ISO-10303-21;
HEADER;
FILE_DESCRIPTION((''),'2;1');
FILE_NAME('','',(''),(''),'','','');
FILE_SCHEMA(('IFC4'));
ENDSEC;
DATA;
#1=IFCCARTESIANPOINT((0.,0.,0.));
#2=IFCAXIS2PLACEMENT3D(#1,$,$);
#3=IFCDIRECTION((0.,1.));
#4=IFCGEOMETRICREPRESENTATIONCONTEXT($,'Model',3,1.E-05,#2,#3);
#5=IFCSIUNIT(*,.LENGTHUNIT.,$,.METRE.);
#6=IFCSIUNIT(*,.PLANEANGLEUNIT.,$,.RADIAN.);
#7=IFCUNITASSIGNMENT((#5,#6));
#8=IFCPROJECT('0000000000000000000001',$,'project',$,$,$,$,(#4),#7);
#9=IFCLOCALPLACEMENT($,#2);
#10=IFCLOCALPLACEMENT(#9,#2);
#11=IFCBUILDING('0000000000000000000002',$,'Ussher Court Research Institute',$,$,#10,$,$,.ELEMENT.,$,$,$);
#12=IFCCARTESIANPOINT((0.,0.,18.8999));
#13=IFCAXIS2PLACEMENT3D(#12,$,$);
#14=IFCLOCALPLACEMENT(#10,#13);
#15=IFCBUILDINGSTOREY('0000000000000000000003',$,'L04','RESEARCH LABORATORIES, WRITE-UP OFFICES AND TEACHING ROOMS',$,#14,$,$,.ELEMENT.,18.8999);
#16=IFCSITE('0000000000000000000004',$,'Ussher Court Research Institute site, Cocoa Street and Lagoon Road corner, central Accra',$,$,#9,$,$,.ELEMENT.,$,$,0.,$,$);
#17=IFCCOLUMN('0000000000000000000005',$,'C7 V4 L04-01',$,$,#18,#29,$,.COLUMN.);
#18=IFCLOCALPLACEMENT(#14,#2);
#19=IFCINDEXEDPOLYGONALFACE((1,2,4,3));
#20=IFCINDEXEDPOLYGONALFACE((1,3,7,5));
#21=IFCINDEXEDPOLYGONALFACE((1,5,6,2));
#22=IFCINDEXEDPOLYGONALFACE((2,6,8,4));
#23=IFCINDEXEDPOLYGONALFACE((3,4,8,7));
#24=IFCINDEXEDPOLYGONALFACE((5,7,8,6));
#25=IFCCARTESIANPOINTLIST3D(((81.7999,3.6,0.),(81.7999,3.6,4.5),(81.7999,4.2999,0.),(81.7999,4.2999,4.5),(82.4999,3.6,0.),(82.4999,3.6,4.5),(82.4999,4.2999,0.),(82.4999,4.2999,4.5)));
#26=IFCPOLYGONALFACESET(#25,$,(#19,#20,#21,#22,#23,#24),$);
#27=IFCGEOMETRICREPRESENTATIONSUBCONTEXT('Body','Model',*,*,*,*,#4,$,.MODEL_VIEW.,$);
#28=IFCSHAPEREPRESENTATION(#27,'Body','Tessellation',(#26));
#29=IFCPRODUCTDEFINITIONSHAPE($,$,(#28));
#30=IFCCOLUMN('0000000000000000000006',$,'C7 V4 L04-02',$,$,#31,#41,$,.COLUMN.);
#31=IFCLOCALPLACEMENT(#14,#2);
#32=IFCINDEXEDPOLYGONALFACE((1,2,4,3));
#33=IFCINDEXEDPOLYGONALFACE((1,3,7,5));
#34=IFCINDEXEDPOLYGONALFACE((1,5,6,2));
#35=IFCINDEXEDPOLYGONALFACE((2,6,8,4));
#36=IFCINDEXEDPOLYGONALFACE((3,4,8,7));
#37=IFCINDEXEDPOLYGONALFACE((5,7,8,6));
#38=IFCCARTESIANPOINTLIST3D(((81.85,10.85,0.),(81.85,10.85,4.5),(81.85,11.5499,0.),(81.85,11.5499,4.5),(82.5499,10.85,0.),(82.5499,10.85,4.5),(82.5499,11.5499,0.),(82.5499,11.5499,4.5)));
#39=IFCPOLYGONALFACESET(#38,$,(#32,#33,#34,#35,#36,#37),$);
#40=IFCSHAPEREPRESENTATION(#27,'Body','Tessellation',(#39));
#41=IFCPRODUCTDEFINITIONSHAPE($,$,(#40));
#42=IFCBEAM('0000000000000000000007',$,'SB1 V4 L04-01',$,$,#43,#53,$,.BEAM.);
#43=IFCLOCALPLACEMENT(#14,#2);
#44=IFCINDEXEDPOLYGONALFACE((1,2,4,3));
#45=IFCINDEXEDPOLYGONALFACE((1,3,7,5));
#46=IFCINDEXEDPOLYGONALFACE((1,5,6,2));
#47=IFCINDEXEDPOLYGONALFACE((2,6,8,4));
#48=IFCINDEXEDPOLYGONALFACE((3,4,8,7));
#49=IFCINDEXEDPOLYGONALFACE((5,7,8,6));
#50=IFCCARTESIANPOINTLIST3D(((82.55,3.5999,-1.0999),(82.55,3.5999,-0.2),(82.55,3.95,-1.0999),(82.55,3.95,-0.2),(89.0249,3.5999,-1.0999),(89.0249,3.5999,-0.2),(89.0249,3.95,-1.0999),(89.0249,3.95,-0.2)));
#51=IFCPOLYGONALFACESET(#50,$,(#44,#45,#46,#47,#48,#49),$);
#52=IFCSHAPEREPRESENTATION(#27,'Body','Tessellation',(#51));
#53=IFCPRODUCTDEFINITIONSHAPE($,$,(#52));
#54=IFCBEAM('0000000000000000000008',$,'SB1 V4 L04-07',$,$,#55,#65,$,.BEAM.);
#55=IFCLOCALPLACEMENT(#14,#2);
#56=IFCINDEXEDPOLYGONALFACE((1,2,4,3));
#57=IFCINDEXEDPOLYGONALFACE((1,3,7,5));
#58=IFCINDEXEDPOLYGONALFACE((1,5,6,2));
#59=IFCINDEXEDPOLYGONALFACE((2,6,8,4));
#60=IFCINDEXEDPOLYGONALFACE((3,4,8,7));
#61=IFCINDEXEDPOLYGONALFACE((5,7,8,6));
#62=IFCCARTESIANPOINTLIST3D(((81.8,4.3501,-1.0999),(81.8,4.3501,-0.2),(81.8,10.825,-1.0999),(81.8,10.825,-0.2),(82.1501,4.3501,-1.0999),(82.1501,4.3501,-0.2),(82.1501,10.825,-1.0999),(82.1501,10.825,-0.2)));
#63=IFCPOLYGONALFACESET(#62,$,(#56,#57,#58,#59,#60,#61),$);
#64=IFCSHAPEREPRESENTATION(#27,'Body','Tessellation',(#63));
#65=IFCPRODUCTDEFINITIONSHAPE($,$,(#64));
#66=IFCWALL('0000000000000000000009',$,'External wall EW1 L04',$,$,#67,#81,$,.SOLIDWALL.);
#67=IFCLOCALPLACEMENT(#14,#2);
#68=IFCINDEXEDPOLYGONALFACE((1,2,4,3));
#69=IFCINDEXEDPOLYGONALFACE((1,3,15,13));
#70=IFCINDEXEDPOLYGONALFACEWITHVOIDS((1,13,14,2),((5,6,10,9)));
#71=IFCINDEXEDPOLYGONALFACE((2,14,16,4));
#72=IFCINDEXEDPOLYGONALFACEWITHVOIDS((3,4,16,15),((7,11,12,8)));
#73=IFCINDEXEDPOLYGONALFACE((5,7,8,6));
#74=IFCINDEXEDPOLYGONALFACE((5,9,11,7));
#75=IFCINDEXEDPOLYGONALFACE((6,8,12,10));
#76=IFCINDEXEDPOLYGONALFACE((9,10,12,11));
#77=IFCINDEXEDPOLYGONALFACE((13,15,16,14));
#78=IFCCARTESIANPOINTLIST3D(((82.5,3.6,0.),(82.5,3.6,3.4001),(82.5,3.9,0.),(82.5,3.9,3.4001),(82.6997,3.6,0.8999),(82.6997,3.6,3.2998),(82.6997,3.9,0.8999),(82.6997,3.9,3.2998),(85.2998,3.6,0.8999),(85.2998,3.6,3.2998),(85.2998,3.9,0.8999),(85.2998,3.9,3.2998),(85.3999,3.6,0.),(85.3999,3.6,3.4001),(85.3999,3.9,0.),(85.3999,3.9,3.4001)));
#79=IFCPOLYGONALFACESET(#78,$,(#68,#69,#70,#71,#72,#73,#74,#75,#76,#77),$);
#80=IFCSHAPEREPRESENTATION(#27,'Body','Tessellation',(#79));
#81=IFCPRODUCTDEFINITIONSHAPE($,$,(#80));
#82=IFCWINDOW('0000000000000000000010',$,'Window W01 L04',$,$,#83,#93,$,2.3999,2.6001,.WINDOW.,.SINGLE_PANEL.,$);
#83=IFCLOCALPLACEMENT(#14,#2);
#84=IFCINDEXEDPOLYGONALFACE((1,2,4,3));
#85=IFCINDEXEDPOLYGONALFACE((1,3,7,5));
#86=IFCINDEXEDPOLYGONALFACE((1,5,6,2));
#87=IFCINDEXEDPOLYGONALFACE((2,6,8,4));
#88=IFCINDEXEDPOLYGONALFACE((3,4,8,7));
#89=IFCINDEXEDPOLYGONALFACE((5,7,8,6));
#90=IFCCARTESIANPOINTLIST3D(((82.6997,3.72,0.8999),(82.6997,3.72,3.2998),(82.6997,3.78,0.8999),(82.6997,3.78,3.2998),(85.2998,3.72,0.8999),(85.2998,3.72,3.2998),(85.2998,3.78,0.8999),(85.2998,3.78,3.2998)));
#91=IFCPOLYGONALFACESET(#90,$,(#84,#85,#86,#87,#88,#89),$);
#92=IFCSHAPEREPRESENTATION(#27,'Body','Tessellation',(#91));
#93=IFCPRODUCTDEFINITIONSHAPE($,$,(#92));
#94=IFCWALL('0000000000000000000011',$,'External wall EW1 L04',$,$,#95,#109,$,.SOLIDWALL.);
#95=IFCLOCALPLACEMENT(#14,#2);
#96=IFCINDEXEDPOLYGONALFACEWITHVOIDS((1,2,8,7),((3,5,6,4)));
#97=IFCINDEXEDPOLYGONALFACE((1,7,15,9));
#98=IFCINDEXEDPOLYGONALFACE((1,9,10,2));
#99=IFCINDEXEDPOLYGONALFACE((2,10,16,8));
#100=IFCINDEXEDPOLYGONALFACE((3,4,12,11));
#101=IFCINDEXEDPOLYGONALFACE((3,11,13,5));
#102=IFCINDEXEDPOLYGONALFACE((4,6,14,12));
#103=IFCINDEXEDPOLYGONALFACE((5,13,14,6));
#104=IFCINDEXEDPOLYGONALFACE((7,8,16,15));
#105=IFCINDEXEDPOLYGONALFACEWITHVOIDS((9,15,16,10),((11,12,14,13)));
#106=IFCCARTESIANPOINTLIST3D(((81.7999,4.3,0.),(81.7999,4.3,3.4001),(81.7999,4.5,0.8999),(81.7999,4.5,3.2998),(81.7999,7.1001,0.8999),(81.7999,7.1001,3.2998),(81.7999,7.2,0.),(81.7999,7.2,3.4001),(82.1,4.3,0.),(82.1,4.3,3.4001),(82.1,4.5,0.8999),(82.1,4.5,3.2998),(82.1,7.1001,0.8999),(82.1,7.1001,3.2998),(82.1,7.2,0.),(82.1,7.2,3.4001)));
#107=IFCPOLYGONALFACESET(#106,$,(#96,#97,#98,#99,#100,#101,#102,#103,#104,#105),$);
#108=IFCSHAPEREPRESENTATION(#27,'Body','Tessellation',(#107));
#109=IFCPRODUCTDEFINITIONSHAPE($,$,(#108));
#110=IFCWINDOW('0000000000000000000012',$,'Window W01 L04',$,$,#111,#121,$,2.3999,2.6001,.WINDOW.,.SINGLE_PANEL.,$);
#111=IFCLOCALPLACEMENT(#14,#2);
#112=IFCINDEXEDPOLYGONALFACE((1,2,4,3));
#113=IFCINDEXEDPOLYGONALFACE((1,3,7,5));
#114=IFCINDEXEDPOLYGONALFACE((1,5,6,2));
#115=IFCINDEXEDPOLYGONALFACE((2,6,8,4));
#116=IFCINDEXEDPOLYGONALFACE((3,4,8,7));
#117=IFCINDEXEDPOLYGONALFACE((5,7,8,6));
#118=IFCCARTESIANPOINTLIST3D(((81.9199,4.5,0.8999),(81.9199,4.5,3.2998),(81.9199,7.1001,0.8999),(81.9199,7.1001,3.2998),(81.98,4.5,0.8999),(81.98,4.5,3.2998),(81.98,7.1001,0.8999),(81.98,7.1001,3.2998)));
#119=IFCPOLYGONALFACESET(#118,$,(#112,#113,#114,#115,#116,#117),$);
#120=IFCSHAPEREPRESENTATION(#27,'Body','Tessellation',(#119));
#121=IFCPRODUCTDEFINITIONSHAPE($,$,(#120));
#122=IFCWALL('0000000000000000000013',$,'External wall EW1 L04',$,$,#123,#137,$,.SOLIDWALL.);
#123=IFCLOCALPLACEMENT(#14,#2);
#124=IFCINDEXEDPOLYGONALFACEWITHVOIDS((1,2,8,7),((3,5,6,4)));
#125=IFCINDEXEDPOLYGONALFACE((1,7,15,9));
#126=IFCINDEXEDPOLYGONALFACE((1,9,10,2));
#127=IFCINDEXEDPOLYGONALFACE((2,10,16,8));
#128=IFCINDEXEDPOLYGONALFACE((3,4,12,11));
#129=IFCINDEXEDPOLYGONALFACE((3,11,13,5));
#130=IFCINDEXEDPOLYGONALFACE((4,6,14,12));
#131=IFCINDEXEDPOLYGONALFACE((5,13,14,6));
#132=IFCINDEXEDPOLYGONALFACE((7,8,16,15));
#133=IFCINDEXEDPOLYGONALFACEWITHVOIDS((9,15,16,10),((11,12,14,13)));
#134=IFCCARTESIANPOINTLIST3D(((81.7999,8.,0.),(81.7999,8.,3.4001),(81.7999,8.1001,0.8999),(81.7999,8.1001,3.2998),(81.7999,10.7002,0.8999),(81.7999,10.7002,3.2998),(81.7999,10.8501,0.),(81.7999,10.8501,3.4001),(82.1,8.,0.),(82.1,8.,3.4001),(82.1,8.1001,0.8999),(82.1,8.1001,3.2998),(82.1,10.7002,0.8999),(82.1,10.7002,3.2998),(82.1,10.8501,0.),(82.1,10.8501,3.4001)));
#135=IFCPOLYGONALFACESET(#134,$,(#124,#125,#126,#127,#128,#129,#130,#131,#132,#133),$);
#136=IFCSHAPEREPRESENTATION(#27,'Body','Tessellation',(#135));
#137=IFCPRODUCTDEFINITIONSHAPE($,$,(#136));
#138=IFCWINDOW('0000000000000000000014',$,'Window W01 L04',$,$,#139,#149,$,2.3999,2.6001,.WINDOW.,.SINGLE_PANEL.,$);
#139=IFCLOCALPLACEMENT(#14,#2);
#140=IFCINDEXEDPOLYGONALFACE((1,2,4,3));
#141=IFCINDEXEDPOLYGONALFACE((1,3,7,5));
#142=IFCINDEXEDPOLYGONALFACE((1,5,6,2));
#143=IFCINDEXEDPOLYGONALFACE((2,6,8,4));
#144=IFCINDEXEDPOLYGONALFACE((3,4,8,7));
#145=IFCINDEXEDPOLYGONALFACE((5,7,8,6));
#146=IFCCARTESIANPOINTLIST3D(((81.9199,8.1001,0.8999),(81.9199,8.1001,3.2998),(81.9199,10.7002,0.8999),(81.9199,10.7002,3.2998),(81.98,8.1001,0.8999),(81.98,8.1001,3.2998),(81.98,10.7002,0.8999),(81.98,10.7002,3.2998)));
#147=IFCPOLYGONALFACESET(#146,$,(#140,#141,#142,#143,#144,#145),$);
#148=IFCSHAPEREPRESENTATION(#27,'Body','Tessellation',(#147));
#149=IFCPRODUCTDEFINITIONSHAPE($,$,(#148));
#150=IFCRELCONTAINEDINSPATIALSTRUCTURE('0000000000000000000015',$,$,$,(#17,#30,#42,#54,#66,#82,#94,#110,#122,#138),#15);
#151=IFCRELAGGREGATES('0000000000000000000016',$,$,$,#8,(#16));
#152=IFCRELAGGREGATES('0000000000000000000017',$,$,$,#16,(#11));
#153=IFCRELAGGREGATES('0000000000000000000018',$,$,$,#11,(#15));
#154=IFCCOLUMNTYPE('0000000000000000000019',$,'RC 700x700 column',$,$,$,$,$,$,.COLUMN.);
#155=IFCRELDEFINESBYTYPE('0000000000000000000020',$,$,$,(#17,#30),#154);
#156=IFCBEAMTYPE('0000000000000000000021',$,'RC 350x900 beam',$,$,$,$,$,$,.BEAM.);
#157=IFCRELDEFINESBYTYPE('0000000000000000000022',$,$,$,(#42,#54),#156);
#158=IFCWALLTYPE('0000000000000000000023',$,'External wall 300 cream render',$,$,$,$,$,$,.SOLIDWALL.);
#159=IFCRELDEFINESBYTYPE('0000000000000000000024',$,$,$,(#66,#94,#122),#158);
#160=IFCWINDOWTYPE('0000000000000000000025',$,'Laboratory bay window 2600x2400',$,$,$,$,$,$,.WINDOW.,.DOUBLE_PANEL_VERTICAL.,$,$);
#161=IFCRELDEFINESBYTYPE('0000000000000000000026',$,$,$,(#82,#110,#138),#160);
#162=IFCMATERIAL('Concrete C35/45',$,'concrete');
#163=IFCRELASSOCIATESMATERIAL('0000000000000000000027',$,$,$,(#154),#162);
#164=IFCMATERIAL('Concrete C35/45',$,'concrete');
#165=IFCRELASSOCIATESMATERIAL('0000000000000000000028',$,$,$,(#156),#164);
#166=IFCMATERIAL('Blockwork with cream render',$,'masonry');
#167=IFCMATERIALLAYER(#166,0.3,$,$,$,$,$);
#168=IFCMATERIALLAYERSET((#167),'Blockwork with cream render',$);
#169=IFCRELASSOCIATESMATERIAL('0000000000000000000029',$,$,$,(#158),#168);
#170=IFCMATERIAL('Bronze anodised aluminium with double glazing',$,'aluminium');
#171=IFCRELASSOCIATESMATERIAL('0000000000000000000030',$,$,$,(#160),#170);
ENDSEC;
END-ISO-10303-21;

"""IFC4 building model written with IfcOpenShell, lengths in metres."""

from ifc_helpers import new_model, si_unit, direction, frame, frame_2d, origin, origin_2d, place, context, subcontext, project, spatial, rectangle, extrude, material, layer, layer_set, material_profile, profile_set, type_object, element, fill, save


model = new_model("IFC4")

# Units and contexts
model_context = context("Model", 3, precision=1e-05, world=origin(), true_north=direction((0.0, 1.0)))
body_context = subcontext(model_context, "Body", "Model", "MODEL_VIEW")
ifc_project = project(units=[si_unit("LENGTHUNIT", "METRE"), si_unit("PLANEANGLEUNIT", "RADIAN")], contexts=[model_context])

# Site, building, storey
site_placement = place(None, origin())
site = spatial("IfcSite", under=ifc_project, at=site_placement, Name="Ussher Court Research Institute site, Cocoa Street and Lagoon Road corner, central Accra", CompositionType="ELEMENT", RefElevation=0.0)
building_placement = place(site_placement, origin())
building = spatial("IfcBuilding", under=site, at=building_placement, Name="Ussher Court Research Institute", CompositionType="ELEMENT")
storey_placement = place(building_placement, frame((0.0, 0.0, 18.8999)))
storey = spatial("IfcBuildingStorey", under=building, at=storey_placement, Name="L04", Description="RESEARCH LABORATORIES, WRITE-UP OFFICES AND TEACHING ROOMS", CompositionType="ELEMENT", Elevation=18.8999)

# Columns
ifc_material_1 = material(Name="Concrete C35/45", Category="concrete")
ifc_material_profile_1 = material_profile(ifc_material_1, rectangle(XDim=0.7, YDim=0.7, at=origin_2d()), Name="RC 700x700")
ifc_profile_set_1 = profile_set([ifc_material_profile_1], Name="Concrete C35/45")
column_type = type_object("IfcColumnType", Name="RC 700x700 column", PredefinedType="COLUMN", material=ifc_profile_set_1)
for number, where, z_axis, x_axis, name in (
    (1, (82.1499, 3.95, 0.0), (0.0, 0.0, 1.0), (1.0, 0.0, 0.0), "C7 V4 L04-01"),
    (2, (82.2, 11.2, 0.0), (0.0, 0.0, 1.0), (1.0, 0.0, 0.0), "C7 V4 L04-02"),
):
    element("IfcColumn", number, at=place(storey_placement, frame(where, z_axis=z_axis, x_axis=x_axis)), inside=storey, type_object=column_type, Name=name, PredefinedType="COLUMN", context=body_context, shape_type="SweptSolid", body=[
        extrude(rectangle(XDim=0.7, YDim=0.7, at=origin_2d()), origin(), (0.0, 0.0, 1.0), 4.5),
    ])

# Beams
ifc_material_2 = material(Name="Concrete C35/45", Category="concrete")
ifc_material_profile_2 = material_profile(ifc_material_2, rectangle(XDim=0.3501, YDim=0.8999, at=origin_2d()), Name="RC 350x900")
ifc_profile_set_2 = profile_set([ifc_material_profile_2], Name="Concrete C35/45")
beam_type = type_object("IfcBeamType", Name="RC 350x900 beam", PredefinedType="BEAM", material=ifc_profile_set_2)
for number, where, z_axis, x_axis, name in (
    (3, (82.55, 3.7749, -0.6499), (1.0, 0.0, 0.0), (0.0, 1.0, 0.0), "SB1 V4 L04-01"),
    (4, (81.9751, 4.3501, -0.6499), (0.0, 1.0, 0.0), (-1.0, 0.0, 0.0), "SB1 V4 L04-07"),
):
    element("IfcBeam", number, at=place(storey_placement, frame(where, z_axis=z_axis, x_axis=x_axis)), inside=storey, type_object=beam_type, Name=name, PredefinedType="BEAM", context=body_context, shape_type="SweptSolid", body=[
        extrude(rectangle(XDim=0.3501, YDim=0.8999, at=origin_2d()), origin(), (0.0, 0.0, 1.0), 6.4749),
    ])

# Walls, openings, windows
ifc_material_3 = material(Name="Blockwork with cream render", Category="masonry")
ifc_layer_1 = layer(ifc_material_3, 0.3)
ifc_layer_set_1 = layer_set([ifc_layer_1], Name="Blockwork with cream render")
wall_type_1 = type_object("IfcWallType", Name="External wall 300 cream render", PredefinedType="SOLIDWALL", material=ifc_layer_set_1)
wall_1_placement = place(storey_placement, frame((85.3999, 3.75, 0.0), z_axis=(0.0, 0.0, 1.0), x_axis=(-1.0, 0.0, 0.0)))
wall_1 = element("IfcWall", 5, at=wall_1_placement, inside=storey, type_object=wall_type_1, Name="External wall EW1 L04", PredefinedType="SOLIDWALL", context=body_context, shape_type="SweptSolid", body=[
    extrude(rectangle(XDim=2.8999, YDim=0.3, at=frame_2d((1.45, 0.0))), origin(), (0.0, 0.0, 1.0), 3.4001),
])
opening_1_placement = place(wall_1_placement, frame((0.1001, 0.0, 0.8999)))
opening_1 = element("IfcOpeningElement", 6, at=opening_1_placement, cuts=wall_1, PredefinedType="OPENING", context=body_context, shape_type="SweptSolid", body=[
    extrude(rectangle(XDim=2.6001, YDim=2.3999, at=frame_2d((1.3, 1.2))), frame((0.0, 0.1602, 0.0), z_axis=(0.0, -1.0, 0.0), x_axis=(1.0, 0.0, 0.0)), (0.0, 0.0, 1.0), 0.3201),
])
ifc_material_4 = material(Name="Bronze anodised aluminium with double glazing", Category="aluminium")
window_type_1 = type_object("IfcWindowType", Name="Laboratory bay window 2600x2400", PartitioningType="DOUBLE_PANEL_VERTICAL", PredefinedType="WINDOW", material=ifc_material_4)
window_1_placement = place(opening_1_placement, origin())
window_1 = element("IfcWindow", 7, at=window_1_placement, inside=storey, type_object=window_type_1, Name="Window W01 L04", OverallHeight=2.3999, OverallWidth=2.6001, PartitioningType="SINGLE_PANEL", PredefinedType="WINDOW", context=body_context, shape_type="SweptSolid", body=[
    extrude(rectangle(XDim=2.6001, YDim=2.3999, at=frame_2d((1.3, 1.2))), frame((0.0, 0.03, 0.0), z_axis=(0.0, -1.0, 0.0), x_axis=(1.0, 0.0, 0.0)), (0.0, 0.0, 1.0), 0.0601),
])
fill(opening_1, window_1)
wall_2_placement = place(storey_placement, frame((81.95, 4.3, 0.0), z_axis=(0.0, 0.0, 1.0), x_axis=(0.0, 1.0, 0.0)))
wall_2 = element("IfcWall", 8, at=wall_2_placement, inside=storey, type_object=wall_type_1, Name="External wall EW1 L04", PredefinedType="SOLIDWALL", context=body_context, shape_type="SweptSolid", body=[
    extrude(rectangle(XDim=2.8999, YDim=0.3, at=frame_2d((1.45, 0.0))), origin(), (0.0, 0.0, 1.0), 3.4001),
])
opening_2_placement = place(wall_2_placement, frame((0.2, 0.0, 0.8999)))
opening_2 = element("IfcOpeningElement", 9, at=opening_2_placement, cuts=wall_2, PredefinedType="OPENING", context=body_context, shape_type="SweptSolid", body=[
    extrude(rectangle(XDim=2.6001, YDim=2.3999, at=frame_2d((1.3, 1.2))), frame((0.0, 0.1602, 0.0), z_axis=(0.0, -1.0, 0.0), x_axis=(1.0, 0.0, 0.0)), (0.0, 0.0, 1.0), 0.3201),
])
window_2_placement = place(opening_2_placement, origin())
window_2 = element("IfcWindow", 10, at=window_2_placement, inside=storey, type_object=window_type_1, Name="Window W01 L04", OverallHeight=2.3999, OverallWidth=2.6001, PartitioningType="SINGLE_PANEL", PredefinedType="WINDOW", context=body_context, shape_type="SweptSolid", body=[
    extrude(rectangle(XDim=2.6001, YDim=2.3999, at=frame_2d((1.3, 1.2))), frame((0.0, 0.03, 0.0), z_axis=(0.0, -1.0, 0.0), x_axis=(1.0, 0.0, 0.0)), (0.0, 0.0, 1.0), 0.0601),
])
fill(opening_2, window_2)
wall_3_placement = place(storey_placement, frame((81.95, 8.0, 0.0), z_axis=(0.0, 0.0, 1.0), x_axis=(0.0, 1.0, 0.0)))
wall_3 = element("IfcWall", 11, at=wall_3_placement, inside=storey, type_object=wall_type_1, Name="External wall EW1 L04", PredefinedType="SOLIDWALL", context=body_context, shape_type="SweptSolid", body=[
    extrude(rectangle(XDim=2.8501, YDim=0.3, at=frame_2d((1.425, 0.0))), origin(), (0.0, 0.0, 1.0), 3.4001),
])
opening_3_placement = place(wall_3_placement, frame((0.1001, 0.0, 0.8999)))
opening_3 = element("IfcOpeningElement", 12, at=opening_3_placement, cuts=wall_3, PredefinedType="OPENING", context=body_context, shape_type="SweptSolid", body=[
    extrude(rectangle(XDim=2.6001, YDim=2.3999, at=frame_2d((1.3, 1.2))), frame((0.0, 0.1602, 0.0), z_axis=(0.0, -1.0, 0.0), x_axis=(1.0, 0.0, 0.0)), (0.0, 0.0, 1.0), 0.3201),
])
window_3_placement = place(opening_3_placement, origin())
window_3 = element("IfcWindow", 13, at=window_3_placement, inside=storey, type_object=window_type_1, Name="Window W01 L04", OverallHeight=2.3999, OverallWidth=2.6001, PartitioningType="SINGLE_PANEL", PredefinedType="WINDOW", context=body_context, shape_type="SweptSolid", body=[
    extrude(rectangle(XDim=2.6001, YDim=2.3999, at=frame_2d((1.3, 1.2))), frame((0.0, 0.03, 0.0), z_axis=(0.0, -1.0, 0.0), x_axis=(1.0, 0.0, 0.0)), (0.0, 0.0, 1.0), 0.0601),
])
fill(opening_3, window_3)

save(model, "model.ifc")
